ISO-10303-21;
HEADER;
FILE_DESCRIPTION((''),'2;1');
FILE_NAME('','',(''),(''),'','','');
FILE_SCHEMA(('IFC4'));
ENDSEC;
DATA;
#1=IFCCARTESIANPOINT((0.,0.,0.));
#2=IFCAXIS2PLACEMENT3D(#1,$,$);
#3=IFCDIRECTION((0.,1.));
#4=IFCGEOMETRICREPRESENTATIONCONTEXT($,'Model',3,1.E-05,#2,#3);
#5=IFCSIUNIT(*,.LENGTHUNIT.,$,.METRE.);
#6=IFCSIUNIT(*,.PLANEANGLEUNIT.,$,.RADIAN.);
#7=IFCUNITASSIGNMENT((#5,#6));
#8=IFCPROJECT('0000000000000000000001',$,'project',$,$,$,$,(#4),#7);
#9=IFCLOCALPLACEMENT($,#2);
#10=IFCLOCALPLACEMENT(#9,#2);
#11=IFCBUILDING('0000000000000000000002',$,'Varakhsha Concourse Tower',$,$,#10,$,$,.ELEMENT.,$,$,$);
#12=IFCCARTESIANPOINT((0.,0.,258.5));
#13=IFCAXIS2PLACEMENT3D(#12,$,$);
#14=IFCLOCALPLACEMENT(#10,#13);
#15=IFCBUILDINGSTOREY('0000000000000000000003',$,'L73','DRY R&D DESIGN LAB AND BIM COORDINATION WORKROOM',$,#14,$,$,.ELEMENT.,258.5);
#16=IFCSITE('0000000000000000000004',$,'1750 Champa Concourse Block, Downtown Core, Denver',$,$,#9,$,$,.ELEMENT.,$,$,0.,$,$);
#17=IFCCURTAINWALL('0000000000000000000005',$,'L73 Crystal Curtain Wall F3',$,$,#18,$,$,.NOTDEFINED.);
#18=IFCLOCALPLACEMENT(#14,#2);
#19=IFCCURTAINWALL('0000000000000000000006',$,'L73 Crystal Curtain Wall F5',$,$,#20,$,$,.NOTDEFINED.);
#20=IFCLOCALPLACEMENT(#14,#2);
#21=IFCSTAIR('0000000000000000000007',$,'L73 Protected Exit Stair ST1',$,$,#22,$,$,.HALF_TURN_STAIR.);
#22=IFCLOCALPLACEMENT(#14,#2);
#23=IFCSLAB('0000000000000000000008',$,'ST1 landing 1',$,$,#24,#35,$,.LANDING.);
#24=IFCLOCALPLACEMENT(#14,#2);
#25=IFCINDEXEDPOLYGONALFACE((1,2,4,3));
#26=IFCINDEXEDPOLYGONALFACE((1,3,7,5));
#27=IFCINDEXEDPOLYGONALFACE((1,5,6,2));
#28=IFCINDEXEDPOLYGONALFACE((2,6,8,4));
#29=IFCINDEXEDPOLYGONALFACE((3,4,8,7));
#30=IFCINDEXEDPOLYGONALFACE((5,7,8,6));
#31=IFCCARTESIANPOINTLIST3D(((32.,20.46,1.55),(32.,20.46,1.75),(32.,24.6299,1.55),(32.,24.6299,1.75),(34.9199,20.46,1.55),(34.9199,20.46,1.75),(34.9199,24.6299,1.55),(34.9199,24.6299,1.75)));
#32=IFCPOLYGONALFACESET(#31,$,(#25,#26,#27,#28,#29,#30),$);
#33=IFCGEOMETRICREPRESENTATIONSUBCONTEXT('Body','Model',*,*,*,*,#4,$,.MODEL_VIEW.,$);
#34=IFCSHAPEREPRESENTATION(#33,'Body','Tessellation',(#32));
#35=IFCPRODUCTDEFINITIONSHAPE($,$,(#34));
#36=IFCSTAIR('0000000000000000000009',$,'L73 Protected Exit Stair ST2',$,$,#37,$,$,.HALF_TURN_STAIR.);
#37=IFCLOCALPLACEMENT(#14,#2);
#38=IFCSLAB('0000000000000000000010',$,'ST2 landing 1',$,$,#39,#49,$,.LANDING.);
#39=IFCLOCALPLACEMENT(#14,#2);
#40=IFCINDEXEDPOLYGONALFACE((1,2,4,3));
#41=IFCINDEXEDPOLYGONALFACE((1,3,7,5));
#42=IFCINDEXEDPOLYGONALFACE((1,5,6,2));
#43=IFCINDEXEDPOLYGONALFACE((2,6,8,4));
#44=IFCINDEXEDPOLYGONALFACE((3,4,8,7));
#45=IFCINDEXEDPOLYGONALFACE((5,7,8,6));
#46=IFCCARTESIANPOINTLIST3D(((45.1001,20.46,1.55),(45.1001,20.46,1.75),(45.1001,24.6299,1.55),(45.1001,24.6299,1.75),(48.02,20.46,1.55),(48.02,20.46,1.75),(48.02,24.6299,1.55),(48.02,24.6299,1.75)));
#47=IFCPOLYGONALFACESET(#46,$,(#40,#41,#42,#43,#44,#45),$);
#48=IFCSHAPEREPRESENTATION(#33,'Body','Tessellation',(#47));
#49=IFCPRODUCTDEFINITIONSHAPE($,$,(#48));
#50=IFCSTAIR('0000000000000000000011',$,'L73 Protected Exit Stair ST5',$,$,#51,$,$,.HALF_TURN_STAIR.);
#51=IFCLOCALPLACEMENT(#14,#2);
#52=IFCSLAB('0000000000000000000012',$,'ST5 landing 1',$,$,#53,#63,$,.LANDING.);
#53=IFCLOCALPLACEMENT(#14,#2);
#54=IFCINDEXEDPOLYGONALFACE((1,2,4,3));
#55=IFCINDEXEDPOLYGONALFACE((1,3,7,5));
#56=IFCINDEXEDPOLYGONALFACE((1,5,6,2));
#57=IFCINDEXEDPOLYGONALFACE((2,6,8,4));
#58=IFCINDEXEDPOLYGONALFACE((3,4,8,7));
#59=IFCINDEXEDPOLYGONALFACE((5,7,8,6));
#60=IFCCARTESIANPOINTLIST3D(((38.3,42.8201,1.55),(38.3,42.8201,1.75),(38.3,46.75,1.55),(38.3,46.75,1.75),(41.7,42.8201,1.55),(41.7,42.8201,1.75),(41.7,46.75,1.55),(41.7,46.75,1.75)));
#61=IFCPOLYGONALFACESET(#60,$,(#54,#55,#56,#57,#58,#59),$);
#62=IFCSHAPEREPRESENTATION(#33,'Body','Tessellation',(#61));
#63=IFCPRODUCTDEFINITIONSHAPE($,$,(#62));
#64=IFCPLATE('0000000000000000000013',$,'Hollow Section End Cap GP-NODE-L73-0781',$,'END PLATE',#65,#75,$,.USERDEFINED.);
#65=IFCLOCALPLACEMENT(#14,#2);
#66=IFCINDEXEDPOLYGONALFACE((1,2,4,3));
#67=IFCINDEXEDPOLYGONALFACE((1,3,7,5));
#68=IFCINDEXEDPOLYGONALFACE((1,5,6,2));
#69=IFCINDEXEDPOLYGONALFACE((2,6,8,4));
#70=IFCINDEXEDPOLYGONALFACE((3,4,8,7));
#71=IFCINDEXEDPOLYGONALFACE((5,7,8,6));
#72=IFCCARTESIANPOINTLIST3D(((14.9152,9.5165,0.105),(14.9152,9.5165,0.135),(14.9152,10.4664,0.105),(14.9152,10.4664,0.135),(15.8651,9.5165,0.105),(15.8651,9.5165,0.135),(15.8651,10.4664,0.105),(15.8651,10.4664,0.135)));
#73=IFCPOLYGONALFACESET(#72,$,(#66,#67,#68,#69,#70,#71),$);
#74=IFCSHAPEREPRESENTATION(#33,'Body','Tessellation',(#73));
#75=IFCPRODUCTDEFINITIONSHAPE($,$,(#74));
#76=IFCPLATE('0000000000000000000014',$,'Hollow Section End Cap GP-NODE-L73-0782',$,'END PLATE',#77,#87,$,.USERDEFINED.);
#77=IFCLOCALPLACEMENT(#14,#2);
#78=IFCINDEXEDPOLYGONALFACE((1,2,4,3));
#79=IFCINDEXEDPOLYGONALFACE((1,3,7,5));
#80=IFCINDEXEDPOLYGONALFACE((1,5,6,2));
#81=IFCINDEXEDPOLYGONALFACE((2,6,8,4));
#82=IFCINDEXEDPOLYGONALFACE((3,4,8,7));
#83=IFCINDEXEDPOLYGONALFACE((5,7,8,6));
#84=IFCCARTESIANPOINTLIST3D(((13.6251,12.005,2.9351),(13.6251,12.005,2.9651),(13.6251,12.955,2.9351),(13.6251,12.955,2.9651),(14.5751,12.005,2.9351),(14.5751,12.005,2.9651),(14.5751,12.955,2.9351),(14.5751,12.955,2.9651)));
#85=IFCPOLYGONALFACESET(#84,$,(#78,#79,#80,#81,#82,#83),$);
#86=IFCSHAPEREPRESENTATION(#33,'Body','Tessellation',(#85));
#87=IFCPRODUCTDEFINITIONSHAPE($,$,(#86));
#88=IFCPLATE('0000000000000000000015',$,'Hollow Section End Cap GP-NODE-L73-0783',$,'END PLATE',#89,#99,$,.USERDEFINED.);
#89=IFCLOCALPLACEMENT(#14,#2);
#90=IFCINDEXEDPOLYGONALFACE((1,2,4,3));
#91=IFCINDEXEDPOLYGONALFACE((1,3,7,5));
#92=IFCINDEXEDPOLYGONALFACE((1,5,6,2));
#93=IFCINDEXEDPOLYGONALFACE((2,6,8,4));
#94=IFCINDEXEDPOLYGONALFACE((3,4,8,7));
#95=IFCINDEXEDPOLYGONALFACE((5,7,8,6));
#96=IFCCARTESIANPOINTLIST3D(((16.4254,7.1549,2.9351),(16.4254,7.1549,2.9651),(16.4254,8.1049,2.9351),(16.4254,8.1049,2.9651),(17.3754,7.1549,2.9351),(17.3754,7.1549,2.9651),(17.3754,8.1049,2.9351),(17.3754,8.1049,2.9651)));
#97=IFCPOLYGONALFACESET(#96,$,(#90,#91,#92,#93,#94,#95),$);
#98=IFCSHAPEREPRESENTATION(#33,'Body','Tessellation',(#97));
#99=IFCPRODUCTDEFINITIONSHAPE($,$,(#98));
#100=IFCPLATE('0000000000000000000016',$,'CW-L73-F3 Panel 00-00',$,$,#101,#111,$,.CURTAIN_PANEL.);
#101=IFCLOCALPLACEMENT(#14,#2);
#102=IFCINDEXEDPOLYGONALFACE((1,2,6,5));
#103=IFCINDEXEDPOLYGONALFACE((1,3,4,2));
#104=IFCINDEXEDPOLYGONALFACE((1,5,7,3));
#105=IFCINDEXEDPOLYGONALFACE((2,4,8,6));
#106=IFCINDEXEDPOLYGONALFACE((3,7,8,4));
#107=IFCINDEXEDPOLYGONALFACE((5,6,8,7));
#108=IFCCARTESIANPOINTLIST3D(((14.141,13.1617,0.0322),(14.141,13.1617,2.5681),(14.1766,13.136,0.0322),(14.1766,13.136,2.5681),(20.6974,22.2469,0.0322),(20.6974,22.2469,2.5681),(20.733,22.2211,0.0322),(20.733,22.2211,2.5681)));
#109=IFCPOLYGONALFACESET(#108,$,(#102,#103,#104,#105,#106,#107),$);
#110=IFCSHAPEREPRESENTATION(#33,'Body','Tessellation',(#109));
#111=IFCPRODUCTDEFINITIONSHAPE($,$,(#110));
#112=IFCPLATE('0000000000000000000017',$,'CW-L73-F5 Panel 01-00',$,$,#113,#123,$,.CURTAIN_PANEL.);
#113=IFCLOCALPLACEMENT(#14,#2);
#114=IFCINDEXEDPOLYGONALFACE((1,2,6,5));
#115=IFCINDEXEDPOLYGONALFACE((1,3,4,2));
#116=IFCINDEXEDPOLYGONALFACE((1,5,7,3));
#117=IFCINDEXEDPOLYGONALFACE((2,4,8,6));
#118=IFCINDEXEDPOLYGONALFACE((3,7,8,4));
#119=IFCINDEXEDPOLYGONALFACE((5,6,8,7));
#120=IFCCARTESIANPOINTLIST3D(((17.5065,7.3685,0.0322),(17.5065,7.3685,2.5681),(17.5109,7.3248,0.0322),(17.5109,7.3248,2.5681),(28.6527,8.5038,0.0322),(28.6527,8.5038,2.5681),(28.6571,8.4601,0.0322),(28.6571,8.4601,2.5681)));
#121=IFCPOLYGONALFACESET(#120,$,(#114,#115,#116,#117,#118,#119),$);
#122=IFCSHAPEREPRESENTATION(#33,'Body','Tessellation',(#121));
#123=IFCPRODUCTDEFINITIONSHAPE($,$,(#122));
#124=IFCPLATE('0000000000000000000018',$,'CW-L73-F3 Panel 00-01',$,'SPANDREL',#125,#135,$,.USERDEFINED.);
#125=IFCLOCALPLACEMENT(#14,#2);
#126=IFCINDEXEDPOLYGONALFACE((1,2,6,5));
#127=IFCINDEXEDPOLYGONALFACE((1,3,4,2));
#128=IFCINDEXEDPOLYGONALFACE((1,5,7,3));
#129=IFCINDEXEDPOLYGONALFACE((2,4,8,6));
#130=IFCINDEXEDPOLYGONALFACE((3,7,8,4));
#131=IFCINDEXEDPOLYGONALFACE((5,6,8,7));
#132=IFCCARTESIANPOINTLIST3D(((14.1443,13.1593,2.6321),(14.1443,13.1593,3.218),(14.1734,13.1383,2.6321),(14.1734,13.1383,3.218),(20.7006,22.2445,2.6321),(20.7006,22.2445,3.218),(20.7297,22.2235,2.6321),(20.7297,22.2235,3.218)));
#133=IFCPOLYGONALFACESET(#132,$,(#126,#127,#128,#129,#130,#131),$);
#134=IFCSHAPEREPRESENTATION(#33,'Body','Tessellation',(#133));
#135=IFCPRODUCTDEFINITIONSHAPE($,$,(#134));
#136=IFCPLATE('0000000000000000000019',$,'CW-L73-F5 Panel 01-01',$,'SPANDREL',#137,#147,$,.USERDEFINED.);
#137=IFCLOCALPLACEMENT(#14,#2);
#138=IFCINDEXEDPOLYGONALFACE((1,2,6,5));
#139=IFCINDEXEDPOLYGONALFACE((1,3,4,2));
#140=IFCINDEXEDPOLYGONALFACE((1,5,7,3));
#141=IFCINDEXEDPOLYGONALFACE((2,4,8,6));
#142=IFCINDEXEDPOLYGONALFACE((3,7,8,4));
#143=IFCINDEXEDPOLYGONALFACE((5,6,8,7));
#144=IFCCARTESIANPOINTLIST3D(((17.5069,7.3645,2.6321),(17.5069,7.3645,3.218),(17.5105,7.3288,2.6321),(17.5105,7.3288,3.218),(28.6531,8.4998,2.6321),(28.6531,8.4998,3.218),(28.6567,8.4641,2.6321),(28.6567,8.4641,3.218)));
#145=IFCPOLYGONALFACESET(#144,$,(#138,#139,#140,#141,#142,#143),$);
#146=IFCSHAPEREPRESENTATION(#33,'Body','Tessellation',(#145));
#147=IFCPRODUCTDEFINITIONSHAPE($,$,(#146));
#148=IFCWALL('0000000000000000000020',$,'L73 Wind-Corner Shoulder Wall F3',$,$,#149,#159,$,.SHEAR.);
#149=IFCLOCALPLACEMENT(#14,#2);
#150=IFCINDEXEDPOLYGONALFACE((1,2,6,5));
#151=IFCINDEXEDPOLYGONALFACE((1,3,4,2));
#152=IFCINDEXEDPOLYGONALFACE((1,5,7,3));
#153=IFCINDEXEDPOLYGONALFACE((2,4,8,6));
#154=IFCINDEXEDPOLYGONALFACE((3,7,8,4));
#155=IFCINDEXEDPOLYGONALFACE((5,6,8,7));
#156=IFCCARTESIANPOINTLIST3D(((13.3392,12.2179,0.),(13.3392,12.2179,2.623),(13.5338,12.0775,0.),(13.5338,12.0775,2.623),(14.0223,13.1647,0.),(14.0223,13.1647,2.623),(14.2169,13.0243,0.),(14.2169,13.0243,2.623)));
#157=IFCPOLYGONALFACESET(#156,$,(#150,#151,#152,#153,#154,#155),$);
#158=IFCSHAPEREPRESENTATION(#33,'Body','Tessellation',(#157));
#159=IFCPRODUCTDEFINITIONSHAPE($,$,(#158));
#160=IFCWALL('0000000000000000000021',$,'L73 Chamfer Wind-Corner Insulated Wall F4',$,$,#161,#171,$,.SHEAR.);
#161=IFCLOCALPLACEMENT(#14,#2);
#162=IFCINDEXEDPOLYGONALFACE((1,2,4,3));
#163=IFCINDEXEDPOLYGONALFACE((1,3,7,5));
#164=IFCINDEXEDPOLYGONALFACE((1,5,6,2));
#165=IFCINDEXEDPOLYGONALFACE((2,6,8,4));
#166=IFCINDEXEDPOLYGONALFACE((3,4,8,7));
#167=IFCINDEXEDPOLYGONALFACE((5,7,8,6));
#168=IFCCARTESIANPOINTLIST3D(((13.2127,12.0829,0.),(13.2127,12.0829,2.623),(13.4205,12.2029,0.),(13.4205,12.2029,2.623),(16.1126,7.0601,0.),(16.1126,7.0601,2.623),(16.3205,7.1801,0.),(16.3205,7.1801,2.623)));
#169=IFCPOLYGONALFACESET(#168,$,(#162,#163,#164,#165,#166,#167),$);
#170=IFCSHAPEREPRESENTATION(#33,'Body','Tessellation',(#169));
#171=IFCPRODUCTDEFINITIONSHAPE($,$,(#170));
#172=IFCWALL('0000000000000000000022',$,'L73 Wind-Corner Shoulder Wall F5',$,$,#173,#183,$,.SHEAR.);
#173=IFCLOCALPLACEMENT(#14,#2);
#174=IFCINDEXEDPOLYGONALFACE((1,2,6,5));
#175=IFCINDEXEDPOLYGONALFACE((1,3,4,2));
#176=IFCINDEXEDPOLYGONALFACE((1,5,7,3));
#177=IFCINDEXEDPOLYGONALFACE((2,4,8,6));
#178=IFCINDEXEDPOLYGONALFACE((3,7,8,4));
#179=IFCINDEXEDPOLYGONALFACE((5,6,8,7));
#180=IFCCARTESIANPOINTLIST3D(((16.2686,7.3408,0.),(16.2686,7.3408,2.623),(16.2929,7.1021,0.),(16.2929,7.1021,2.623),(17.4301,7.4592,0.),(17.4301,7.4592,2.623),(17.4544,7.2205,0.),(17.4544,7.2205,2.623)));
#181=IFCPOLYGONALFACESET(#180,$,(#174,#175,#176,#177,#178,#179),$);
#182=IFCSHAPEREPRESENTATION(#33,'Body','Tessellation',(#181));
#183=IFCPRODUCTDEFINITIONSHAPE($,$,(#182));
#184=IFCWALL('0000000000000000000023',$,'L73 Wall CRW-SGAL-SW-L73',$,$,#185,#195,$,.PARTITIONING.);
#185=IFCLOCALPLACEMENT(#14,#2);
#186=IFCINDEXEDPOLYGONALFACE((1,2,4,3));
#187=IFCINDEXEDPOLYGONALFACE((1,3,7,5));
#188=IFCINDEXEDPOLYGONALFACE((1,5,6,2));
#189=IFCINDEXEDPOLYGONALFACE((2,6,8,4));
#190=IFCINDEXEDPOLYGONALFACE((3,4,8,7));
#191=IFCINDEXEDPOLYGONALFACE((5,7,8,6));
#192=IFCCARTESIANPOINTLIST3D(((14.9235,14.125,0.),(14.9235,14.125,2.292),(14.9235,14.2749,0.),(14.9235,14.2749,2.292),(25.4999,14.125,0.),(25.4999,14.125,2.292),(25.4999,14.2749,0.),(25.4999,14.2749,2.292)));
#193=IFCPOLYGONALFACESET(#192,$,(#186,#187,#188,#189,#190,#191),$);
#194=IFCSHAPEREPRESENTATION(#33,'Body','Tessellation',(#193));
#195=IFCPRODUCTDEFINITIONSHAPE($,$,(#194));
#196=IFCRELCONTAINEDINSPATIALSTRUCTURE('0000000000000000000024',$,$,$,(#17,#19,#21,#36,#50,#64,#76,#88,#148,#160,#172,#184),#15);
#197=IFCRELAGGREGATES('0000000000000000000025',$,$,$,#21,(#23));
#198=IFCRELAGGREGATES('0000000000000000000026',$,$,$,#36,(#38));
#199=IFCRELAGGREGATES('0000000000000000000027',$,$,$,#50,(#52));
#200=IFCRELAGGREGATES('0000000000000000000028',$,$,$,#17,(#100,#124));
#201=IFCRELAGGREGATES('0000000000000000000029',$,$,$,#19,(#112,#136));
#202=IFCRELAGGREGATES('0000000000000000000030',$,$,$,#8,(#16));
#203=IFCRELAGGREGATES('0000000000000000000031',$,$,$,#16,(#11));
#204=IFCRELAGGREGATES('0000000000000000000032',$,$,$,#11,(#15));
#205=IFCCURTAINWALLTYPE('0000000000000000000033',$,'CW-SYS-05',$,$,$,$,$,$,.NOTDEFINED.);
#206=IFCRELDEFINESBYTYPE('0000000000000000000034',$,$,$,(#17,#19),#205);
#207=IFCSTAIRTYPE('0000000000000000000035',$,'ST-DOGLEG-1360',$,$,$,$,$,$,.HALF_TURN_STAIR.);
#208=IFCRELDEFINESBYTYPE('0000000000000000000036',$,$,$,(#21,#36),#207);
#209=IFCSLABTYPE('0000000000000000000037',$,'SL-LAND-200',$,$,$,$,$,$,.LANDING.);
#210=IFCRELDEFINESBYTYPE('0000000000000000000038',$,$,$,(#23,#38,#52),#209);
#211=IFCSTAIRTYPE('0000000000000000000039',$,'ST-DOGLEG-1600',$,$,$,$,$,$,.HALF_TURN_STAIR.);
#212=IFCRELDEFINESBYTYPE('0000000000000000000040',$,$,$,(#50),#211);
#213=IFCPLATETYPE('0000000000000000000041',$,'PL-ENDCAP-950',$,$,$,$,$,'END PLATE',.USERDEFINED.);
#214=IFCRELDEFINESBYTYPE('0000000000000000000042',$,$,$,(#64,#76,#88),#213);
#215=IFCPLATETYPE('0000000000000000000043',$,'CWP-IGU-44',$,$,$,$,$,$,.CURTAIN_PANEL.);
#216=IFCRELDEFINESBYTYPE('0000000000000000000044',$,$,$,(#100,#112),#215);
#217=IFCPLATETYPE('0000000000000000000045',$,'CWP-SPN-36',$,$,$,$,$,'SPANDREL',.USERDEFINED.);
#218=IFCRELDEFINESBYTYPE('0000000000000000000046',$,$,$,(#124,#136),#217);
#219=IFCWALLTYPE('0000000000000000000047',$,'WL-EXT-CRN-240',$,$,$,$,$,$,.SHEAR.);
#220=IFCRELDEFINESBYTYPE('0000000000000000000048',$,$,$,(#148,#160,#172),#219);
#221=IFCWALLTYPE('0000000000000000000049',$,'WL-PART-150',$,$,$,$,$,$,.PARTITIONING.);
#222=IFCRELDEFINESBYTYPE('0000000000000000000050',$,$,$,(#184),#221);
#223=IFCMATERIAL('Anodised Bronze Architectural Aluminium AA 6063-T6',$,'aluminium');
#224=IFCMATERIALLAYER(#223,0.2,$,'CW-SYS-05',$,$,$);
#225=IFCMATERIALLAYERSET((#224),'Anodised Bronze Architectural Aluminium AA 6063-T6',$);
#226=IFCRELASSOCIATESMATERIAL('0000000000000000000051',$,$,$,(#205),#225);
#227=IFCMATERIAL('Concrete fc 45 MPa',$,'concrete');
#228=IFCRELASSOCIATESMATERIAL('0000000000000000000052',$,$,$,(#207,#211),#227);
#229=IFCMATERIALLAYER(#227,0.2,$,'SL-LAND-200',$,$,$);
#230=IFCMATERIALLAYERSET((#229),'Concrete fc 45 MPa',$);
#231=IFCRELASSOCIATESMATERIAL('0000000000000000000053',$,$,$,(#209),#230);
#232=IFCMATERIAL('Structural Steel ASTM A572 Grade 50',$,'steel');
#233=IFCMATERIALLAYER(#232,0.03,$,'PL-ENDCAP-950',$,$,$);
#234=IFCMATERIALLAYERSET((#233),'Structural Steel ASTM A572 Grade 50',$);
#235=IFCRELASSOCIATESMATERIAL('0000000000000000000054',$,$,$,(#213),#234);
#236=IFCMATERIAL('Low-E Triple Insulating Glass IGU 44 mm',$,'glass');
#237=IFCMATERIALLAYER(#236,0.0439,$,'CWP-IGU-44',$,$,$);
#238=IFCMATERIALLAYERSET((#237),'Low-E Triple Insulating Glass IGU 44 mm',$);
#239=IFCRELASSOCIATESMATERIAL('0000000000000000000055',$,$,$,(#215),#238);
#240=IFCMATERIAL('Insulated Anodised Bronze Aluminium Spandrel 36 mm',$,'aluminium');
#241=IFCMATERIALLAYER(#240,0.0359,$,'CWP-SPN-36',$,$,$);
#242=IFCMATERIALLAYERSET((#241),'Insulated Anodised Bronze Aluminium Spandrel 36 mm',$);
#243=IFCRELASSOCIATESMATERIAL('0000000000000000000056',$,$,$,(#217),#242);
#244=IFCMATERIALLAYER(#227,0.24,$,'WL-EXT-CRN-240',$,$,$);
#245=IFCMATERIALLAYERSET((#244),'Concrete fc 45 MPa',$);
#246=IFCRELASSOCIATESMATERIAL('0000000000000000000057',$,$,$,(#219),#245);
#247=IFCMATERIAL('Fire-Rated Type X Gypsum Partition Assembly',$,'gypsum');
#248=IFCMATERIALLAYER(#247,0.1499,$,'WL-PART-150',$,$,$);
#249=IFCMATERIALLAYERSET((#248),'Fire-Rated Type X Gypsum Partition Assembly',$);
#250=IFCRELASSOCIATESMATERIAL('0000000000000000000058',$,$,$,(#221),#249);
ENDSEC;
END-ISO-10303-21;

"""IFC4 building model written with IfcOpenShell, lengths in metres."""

from ifc_helpers import new_model, si_unit, direction, frame, frame_2d, origin, origin_2d, place, context, subcontext, project, spatial, polyline, rectangle, outline, extrude, source, transform, mapped, material, layer, layer_set, type_object, type_shapes, element, aggregate, save


model = new_model("IFC4")

# Units and contexts
model_context = context("Model", 3, precision=1e-05, world=origin(), true_north=direction((0.0, 1.0)))
body_context = subcontext(model_context, "Body", "Model", "MODEL_VIEW")
ifc_project = project(units=[si_unit("LENGTHUNIT", "METRE"), si_unit("PLANEANGLEUNIT", "RADIAN")], contexts=[model_context])

# Site, building, storey
site_placement = place(None, origin())
site = spatial("IfcSite", under=ifc_project, at=site_placement, Name="1750 Champa Concourse Block, Downtown Core, Denver", CompositionType="ELEMENT", RefElevation=0.0)
building_placement = place(site_placement, origin())
building = spatial("IfcBuilding", under=site, at=building_placement, Name="Varakhsha Concourse Tower", CompositionType="ELEMENT")
storey_placement = place(building_placement, frame((0.0, 0.0, 258.5)))
storey = spatial("IfcBuildingStorey", under=building, at=storey_placement, Name="L73", Description="DRY R&D DESIGN LAB AND BIM COORDINATION WORKROOM", CompositionType="ELEMENT", Elevation=258.5)

# Shared definitions
ifc_material_1 = material(Name="Structural Steel ASTM A572 Grade 50", Category="steel")

# Curtain walls
ifc_material_2 = material(Name="Anodised Bronze Architectural Aluminium AA 6063-T6", Category="aluminium")
ifc_layer_1 = layer(ifc_material_2, 0.2, Name="CW-SYS-05")
ifc_layer_set_1 = layer_set([ifc_layer_1], Name="Anodised Bronze Architectural Aluminium AA 6063-T6")
curtain_wall_type = type_object("IfcCurtainWallType", Name="CW-SYS-05", PredefinedType="NOTDEFINED", material=ifc_layer_set_1)
curtain_wall_1_placement = place(storey_placement, origin())
curtain_wall_1 = element("IfcCurtainWall", 1, at=curtain_wall_1_placement, inside=storey, type_object=curtain_wall_type, Name="L73 Crystal Curtain Wall F3", PredefinedType="NOTDEFINED")
curtain_wall_2_placement = place(storey_placement, origin())
curtain_wall_2 = element("IfcCurtainWall", 2, at=curtain_wall_2_placement, inside=storey, type_object=curtain_wall_type, Name="L73 Crystal Curtain Wall F5", PredefinedType="NOTDEFINED")

# Shared definitions
ifc_material_3 = material(Name="Concrete fc 45 MPa", Category="concrete")

# Stairs, slabs
stair_type_1 = type_object("IfcStairType", Name="ST-DOGLEG-1360", PredefinedType="HALF_TURN_STAIR", material=ifc_material_3)
stair_1_placement = place(storey_placement, origin())
stair_1 = element("IfcStair", 3, at=stair_1_placement, inside=storey, type_object=stair_type_1, Name="L73 Protected Exit Stair ST1", PredefinedType="HALF_TURN_STAIR")
ifc_layer_2 = layer(ifc_material_3, 0.2, Name="SL-LAND-200")
ifc_layer_set_2 = layer_set([ifc_layer_2], Name="Concrete fc 45 MPa")
slab_type_1 = type_object("IfcSlabType", Name="SL-LAND-200", PredefinedType="LANDING", material=ifc_layer_set_2)
slab_1_placement = place(storey_placement, frame((0.0, 0.0, 1.55)))
slab_1 = element("IfcSlab", 4, at=slab_1_placement, type_object=slab_type_1, Name="ST1 landing 1", PredefinedType="LANDING", context=body_context, shape_type="SweptSolid", body=[
    extrude(outline(polyline([(34.9199, 20.46), (34.9199, 24.6299), (32.0, 24.6299), (32.0, 20.46), (34.9199, 20.46)])), origin(), (0.0, 0.0, 1.0), 0.2),
])
aggregate(stair_1, [slab_1])
stair_2_placement = place(storey_placement, origin())
stair_2 = element("IfcStair", 5, at=stair_2_placement, inside=storey, type_object=stair_type_1, Name="L73 Protected Exit Stair ST2", PredefinedType="HALF_TURN_STAIR")
slab_2_placement = place(storey_placement, frame((0.0, 0.0, 1.55)))
slab_2 = element("IfcSlab", 6, at=slab_2_placement, type_object=slab_type_1, Name="ST2 landing 1", PredefinedType="LANDING", context=body_context, shape_type="SweptSolid", body=[
    extrude(outline(polyline([(48.02, 20.46), (48.02, 24.6299), (45.1001, 24.6299), (45.1001, 20.46), (48.02, 20.46)])), origin(), (0.0, 0.0, 1.0), 0.2),
])
aggregate(stair_2, [slab_2])
stair_type_2 = type_object("IfcStairType", Name="ST-DOGLEG-1600", PredefinedType="HALF_TURN_STAIR", material=ifc_material_3)
stair_3_placement = place(storey_placement, origin())
stair_3 = element("IfcStair", 7, at=stair_3_placement, inside=storey, type_object=stair_type_2, Name="L73 Protected Exit Stair ST5", PredefinedType="HALF_TURN_STAIR")
slab_3_placement = place(storey_placement, frame((0.0, 0.0, 1.55)))
slab_3 = element("IfcSlab", 8, at=slab_3_placement, type_object=slab_type_1, Name="ST5 landing 1", PredefinedType="LANDING", context=body_context, shape_type="SweptSolid", body=[
    extrude(outline(polyline([(41.7, 42.8201), (41.7, 46.75), (38.3, 46.75), (38.3, 42.8201), (41.7, 42.8201)])), origin(), (0.0, 0.0, 1.0), 0.2),
])
aggregate(stair_3, [slab_3])

# Plates
ifc_layer_3 = layer(ifc_material_1, 0.03, Name="PL-ENDCAP-950")
ifc_layer_set_3 = layer_set([ifc_layer_3], Name="Structural Steel ASTM A572 Grade 50")
plate_type_1 = type_object("IfcPlateType", Name="PL-ENDCAP-950", ElementType="END PLATE", PredefinedType="USERDEFINED", material=ifc_layer_set_3)
shared_shape_1 = source(origin(), body_context, "Body", "SweptSolid", [
    extrude(rectangle(XDim=0.95, YDim=0.95, at=origin_2d()), origin(), (0.0, 0.0, 1.0), 0.03),
])
type_shapes(plate_type_1, [shared_shape_1])
for number, where, z_axis, x_axis, name in (
    (9, (15.3901, 9.9915, 0.105), (0.0, 0.0, 1.0), (1.0, 0.0, 0.0), "Hollow Section End Cap GP-NODE-L73-0781"),
    (10, (14.1001, 12.48, 2.9351), (0.0, 0.0, 1.0), (1.0, 0.0, 0.0), "Hollow Section End Cap GP-NODE-L73-0782"),
    (11, (16.9004, 7.6299, 2.9351), (0.0, 0.0, 1.0), (1.0, 0.0, 0.0), "Hollow Section End Cap GP-NODE-L73-0783"),
):
    element("IfcPlate", number, at=place(storey_placement, frame(where, z_axis=z_axis, x_axis=x_axis)), inside=storey, type_object=plate_type_1, Name=name, ObjectType="END PLATE", PredefinedType="USERDEFINED", context=body_context, shape_type="MappedRepresentation", body=[
        mapped(shared_shape_1, transform((0.0, 0.0, 0.0), scale=1.0)),
    ])

# Plates
ifc_material_4 = material(Name="Low-E Triple Insulating Glass IGU 44 mm", Category="glass")
ifc_layer_4 = layer(ifc_material_4, 0.0439, Name="CWP-IGU-44")
ifc_layer_set_4 = layer_set([ifc_layer_4], Name="Low-E Triple Insulating Glass IGU 44 mm")
plate_type_2 = type_object("IfcPlateType", Name="CWP-IGU-44", PredefinedType="CURTAIN_PANEL", material=ifc_layer_set_4)
shared_shape_2 = source(origin(), body_context, "Body", "SweptSolid", [
    extrude(rectangle(XDim=11.2039, YDim=0.0439, at=origin_2d()), origin(), (0.0, 0.0, 1.0), 2.5359),
])
type_shapes(plate_type_2, [shared_shape_2])
plate_1_placement = place(storey_placement, frame((17.437, 17.6914, 0.0322), z_axis=(0.0, 0.0, 1.0), x_axis=(0.585188, 0.810897, 0.0)))
plate_1 = element("IfcPlate", 12, at=plate_1_placement, type_object=plate_type_2, Name="CW-L73-F3 Panel 00-00", PredefinedType="CURTAIN_PANEL", context=body_context, shape_type="MappedRepresentation", body=[
    mapped(shared_shape_2, transform((0.0, 0.0, 0.0), scale=1.0)),
])
plate_2_placement = place(storey_placement, frame((23.0818, 7.9143, 0.0322), z_axis=(0.0, 0.0, 1.0), x_axis=(-0.994852, -0.101336, 0.0)))
plate_2 = element("IfcPlate", 13, at=plate_2_placement, type_object=plate_type_2, Name="CW-L73-F5 Panel 01-00", PredefinedType="CURTAIN_PANEL", context=body_context, shape_type="MappedRepresentation", body=[
    mapped(shared_shape_2, transform((0.0, 0.0, 0.0), scale=1.0)),
])
ifc_material_5 = material(Name="Insulated Anodised Bronze Aluminium Spandrel 36 mm", Category="aluminium")
ifc_layer_5 = layer(ifc_material_5, 0.0359, Name="CWP-SPN-36")
ifc_layer_set_5 = layer_set([ifc_layer_5], Name="Insulated Anodised Bronze Aluminium Spandrel 36 mm")
plate_type_3 = type_object("IfcPlateType", Name="CWP-SPN-36", ElementType="SPANDREL", PredefinedType="USERDEFINED", material=ifc_layer_set_5)
shared_shape_3 = source(origin(), body_context, "Body", "SweptSolid", [
    extrude(rectangle(XDim=11.2039, YDim=0.0359, at=origin_2d()), origin(), (0.0, 0.0, 1.0), 0.5859),
])
type_shapes(plate_type_3, [shared_shape_3])
plate_3_placement = place(storey_placement, frame((17.437, 17.6914, 2.6321), z_axis=(0.0, 0.0, 1.0), x_axis=(0.585188, 0.810897, 0.0)))
plate_3 = element("IfcPlate", 14, at=plate_3_placement, type_object=plate_type_3, Name="CW-L73-F3 Panel 00-01", ObjectType="SPANDREL", PredefinedType="USERDEFINED", context=body_context, shape_type="MappedRepresentation", body=[
    mapped(shared_shape_3, transform((0.0, 0.0, 0.0), scale=1.0)),
])
aggregate(curtain_wall_1, [plate_1, plate_3])
plate_4_placement = place(storey_placement, frame((23.0818, 7.9143, 2.6321), z_axis=(0.0, 0.0, 1.0), x_axis=(-0.994852, -0.101336, 0.0)))
plate_4 = element("IfcPlate", 15, at=plate_4_placement, type_object=plate_type_3, Name="CW-L73-F5 Panel 01-01", ObjectType="SPANDREL", PredefinedType="USERDEFINED", context=body_context, shape_type="MappedRepresentation", body=[
    mapped(shared_shape_3, transform((0.0, 0.0, 0.0), scale=1.0)),
])
aggregate(curtain_wall_2, [plate_2, plate_4])

# Walls
ifc_layer_6 = layer(ifc_material_3, 0.24, Name="WL-EXT-CRN-240")
ifc_layer_set_6 = layer_set([ifc_layer_6], Name="Concrete fc 45 MPa")
wall_type_1 = type_object("IfcWallType", Name="WL-EXT-CRN-240", PredefinedType="SHEAR", material=ifc_layer_set_6)
wall_1_placement = place(storey_placement, frame((14.1196, 13.0945, 0.0), z_axis=(0.0, 0.0, 1.0), x_axis=(-0.585109, -0.810955, 0.0)))
element("IfcWall", 16, at=wall_1_placement, inside=storey, type_object=wall_type_1, Name="L73 Wind-Corner Shoulder Wall F3", PredefinedType="SHEAR", context=body_context, shape_type="SweptSolid", body=[
    extrude(rectangle(XDim=1.1675, YDim=0.24, at=frame_2d((0.5837, 0.0))), origin(), (0.0, 0.0, 1.0), 2.623),
])
wall_2_placement = place(storey_placement, frame((16.2166, 7.1201, 0.0), z_axis=(0.0, 0.0, 1.0), x_axis=(-0.500005, 0.866022, 0.0)))
element("IfcWall", 17, at=wall_2_placement, inside=storey, type_object=wall_type_1, Name="L73 Chamfer Wind-Corner Insulated Wall F4", PredefinedType="SHEAR", context=body_context, shape_type="SweptSolid", body=[
    extrude(rectangle(XDim=5.7998, YDim=0.24, at=frame_2d((2.8999, 0.0))), origin(), (0.0, 0.0, 1.0), 2.623),
])
wall_3_placement = place(storey_placement, frame((16.2808, 7.2214, 0.0), z_axis=(0.0, 0.0, 1.0), x_axis=(0.994843, 0.101429, 0.0)))
element("IfcWall", 18, at=wall_3_placement, inside=storey, type_object=wall_type_1, Name="L73 Wind-Corner Shoulder Wall F5", PredefinedType="SHEAR", context=body_context, shape_type="SweptSolid", body=[
    extrude(rectangle(XDim=1.1675, YDim=0.24, at=frame_2d((0.5837, 0.0))), origin(), (0.0, 0.0, 1.0), 2.623),
])
ifc_material_6 = material(Name="Fire-Rated Type X Gypsum Partition Assembly", Category="gypsum")
ifc_layer_7 = layer(ifc_material_6, 0.1499, Name="WL-PART-150")
ifc_layer_set_7 = layer_set([ifc_layer_7], Name="Fire-Rated Type X Gypsum Partition Assembly")
wall_type_2 = type_object("IfcWallType", Name="WL-PART-150", PredefinedType="PARTITIONING", material=ifc_layer_set_7)
wall_4_placement = place(storey_placement, frame((14.9236, 14.2, 0.0), z_axis=(0.0, 0.0, 1.0), x_axis=(1.0, 0.0, 0.0)))
element("IfcWall", 19, at=wall_4_placement, inside=storey, type_object=wall_type_2, Name="L73 Wall CRW-SGAL-SW-L73", PredefinedType="PARTITIONING", context=body_context, shape_type="SweptSolid", body=[
    extrude(rectangle(XDim=10.5764, YDim=0.1499, at=frame_2d((5.2881, 0.0))), origin(), (0.0, 0.0, 1.0), 2.292),
])

save(model, "model.ifc")
